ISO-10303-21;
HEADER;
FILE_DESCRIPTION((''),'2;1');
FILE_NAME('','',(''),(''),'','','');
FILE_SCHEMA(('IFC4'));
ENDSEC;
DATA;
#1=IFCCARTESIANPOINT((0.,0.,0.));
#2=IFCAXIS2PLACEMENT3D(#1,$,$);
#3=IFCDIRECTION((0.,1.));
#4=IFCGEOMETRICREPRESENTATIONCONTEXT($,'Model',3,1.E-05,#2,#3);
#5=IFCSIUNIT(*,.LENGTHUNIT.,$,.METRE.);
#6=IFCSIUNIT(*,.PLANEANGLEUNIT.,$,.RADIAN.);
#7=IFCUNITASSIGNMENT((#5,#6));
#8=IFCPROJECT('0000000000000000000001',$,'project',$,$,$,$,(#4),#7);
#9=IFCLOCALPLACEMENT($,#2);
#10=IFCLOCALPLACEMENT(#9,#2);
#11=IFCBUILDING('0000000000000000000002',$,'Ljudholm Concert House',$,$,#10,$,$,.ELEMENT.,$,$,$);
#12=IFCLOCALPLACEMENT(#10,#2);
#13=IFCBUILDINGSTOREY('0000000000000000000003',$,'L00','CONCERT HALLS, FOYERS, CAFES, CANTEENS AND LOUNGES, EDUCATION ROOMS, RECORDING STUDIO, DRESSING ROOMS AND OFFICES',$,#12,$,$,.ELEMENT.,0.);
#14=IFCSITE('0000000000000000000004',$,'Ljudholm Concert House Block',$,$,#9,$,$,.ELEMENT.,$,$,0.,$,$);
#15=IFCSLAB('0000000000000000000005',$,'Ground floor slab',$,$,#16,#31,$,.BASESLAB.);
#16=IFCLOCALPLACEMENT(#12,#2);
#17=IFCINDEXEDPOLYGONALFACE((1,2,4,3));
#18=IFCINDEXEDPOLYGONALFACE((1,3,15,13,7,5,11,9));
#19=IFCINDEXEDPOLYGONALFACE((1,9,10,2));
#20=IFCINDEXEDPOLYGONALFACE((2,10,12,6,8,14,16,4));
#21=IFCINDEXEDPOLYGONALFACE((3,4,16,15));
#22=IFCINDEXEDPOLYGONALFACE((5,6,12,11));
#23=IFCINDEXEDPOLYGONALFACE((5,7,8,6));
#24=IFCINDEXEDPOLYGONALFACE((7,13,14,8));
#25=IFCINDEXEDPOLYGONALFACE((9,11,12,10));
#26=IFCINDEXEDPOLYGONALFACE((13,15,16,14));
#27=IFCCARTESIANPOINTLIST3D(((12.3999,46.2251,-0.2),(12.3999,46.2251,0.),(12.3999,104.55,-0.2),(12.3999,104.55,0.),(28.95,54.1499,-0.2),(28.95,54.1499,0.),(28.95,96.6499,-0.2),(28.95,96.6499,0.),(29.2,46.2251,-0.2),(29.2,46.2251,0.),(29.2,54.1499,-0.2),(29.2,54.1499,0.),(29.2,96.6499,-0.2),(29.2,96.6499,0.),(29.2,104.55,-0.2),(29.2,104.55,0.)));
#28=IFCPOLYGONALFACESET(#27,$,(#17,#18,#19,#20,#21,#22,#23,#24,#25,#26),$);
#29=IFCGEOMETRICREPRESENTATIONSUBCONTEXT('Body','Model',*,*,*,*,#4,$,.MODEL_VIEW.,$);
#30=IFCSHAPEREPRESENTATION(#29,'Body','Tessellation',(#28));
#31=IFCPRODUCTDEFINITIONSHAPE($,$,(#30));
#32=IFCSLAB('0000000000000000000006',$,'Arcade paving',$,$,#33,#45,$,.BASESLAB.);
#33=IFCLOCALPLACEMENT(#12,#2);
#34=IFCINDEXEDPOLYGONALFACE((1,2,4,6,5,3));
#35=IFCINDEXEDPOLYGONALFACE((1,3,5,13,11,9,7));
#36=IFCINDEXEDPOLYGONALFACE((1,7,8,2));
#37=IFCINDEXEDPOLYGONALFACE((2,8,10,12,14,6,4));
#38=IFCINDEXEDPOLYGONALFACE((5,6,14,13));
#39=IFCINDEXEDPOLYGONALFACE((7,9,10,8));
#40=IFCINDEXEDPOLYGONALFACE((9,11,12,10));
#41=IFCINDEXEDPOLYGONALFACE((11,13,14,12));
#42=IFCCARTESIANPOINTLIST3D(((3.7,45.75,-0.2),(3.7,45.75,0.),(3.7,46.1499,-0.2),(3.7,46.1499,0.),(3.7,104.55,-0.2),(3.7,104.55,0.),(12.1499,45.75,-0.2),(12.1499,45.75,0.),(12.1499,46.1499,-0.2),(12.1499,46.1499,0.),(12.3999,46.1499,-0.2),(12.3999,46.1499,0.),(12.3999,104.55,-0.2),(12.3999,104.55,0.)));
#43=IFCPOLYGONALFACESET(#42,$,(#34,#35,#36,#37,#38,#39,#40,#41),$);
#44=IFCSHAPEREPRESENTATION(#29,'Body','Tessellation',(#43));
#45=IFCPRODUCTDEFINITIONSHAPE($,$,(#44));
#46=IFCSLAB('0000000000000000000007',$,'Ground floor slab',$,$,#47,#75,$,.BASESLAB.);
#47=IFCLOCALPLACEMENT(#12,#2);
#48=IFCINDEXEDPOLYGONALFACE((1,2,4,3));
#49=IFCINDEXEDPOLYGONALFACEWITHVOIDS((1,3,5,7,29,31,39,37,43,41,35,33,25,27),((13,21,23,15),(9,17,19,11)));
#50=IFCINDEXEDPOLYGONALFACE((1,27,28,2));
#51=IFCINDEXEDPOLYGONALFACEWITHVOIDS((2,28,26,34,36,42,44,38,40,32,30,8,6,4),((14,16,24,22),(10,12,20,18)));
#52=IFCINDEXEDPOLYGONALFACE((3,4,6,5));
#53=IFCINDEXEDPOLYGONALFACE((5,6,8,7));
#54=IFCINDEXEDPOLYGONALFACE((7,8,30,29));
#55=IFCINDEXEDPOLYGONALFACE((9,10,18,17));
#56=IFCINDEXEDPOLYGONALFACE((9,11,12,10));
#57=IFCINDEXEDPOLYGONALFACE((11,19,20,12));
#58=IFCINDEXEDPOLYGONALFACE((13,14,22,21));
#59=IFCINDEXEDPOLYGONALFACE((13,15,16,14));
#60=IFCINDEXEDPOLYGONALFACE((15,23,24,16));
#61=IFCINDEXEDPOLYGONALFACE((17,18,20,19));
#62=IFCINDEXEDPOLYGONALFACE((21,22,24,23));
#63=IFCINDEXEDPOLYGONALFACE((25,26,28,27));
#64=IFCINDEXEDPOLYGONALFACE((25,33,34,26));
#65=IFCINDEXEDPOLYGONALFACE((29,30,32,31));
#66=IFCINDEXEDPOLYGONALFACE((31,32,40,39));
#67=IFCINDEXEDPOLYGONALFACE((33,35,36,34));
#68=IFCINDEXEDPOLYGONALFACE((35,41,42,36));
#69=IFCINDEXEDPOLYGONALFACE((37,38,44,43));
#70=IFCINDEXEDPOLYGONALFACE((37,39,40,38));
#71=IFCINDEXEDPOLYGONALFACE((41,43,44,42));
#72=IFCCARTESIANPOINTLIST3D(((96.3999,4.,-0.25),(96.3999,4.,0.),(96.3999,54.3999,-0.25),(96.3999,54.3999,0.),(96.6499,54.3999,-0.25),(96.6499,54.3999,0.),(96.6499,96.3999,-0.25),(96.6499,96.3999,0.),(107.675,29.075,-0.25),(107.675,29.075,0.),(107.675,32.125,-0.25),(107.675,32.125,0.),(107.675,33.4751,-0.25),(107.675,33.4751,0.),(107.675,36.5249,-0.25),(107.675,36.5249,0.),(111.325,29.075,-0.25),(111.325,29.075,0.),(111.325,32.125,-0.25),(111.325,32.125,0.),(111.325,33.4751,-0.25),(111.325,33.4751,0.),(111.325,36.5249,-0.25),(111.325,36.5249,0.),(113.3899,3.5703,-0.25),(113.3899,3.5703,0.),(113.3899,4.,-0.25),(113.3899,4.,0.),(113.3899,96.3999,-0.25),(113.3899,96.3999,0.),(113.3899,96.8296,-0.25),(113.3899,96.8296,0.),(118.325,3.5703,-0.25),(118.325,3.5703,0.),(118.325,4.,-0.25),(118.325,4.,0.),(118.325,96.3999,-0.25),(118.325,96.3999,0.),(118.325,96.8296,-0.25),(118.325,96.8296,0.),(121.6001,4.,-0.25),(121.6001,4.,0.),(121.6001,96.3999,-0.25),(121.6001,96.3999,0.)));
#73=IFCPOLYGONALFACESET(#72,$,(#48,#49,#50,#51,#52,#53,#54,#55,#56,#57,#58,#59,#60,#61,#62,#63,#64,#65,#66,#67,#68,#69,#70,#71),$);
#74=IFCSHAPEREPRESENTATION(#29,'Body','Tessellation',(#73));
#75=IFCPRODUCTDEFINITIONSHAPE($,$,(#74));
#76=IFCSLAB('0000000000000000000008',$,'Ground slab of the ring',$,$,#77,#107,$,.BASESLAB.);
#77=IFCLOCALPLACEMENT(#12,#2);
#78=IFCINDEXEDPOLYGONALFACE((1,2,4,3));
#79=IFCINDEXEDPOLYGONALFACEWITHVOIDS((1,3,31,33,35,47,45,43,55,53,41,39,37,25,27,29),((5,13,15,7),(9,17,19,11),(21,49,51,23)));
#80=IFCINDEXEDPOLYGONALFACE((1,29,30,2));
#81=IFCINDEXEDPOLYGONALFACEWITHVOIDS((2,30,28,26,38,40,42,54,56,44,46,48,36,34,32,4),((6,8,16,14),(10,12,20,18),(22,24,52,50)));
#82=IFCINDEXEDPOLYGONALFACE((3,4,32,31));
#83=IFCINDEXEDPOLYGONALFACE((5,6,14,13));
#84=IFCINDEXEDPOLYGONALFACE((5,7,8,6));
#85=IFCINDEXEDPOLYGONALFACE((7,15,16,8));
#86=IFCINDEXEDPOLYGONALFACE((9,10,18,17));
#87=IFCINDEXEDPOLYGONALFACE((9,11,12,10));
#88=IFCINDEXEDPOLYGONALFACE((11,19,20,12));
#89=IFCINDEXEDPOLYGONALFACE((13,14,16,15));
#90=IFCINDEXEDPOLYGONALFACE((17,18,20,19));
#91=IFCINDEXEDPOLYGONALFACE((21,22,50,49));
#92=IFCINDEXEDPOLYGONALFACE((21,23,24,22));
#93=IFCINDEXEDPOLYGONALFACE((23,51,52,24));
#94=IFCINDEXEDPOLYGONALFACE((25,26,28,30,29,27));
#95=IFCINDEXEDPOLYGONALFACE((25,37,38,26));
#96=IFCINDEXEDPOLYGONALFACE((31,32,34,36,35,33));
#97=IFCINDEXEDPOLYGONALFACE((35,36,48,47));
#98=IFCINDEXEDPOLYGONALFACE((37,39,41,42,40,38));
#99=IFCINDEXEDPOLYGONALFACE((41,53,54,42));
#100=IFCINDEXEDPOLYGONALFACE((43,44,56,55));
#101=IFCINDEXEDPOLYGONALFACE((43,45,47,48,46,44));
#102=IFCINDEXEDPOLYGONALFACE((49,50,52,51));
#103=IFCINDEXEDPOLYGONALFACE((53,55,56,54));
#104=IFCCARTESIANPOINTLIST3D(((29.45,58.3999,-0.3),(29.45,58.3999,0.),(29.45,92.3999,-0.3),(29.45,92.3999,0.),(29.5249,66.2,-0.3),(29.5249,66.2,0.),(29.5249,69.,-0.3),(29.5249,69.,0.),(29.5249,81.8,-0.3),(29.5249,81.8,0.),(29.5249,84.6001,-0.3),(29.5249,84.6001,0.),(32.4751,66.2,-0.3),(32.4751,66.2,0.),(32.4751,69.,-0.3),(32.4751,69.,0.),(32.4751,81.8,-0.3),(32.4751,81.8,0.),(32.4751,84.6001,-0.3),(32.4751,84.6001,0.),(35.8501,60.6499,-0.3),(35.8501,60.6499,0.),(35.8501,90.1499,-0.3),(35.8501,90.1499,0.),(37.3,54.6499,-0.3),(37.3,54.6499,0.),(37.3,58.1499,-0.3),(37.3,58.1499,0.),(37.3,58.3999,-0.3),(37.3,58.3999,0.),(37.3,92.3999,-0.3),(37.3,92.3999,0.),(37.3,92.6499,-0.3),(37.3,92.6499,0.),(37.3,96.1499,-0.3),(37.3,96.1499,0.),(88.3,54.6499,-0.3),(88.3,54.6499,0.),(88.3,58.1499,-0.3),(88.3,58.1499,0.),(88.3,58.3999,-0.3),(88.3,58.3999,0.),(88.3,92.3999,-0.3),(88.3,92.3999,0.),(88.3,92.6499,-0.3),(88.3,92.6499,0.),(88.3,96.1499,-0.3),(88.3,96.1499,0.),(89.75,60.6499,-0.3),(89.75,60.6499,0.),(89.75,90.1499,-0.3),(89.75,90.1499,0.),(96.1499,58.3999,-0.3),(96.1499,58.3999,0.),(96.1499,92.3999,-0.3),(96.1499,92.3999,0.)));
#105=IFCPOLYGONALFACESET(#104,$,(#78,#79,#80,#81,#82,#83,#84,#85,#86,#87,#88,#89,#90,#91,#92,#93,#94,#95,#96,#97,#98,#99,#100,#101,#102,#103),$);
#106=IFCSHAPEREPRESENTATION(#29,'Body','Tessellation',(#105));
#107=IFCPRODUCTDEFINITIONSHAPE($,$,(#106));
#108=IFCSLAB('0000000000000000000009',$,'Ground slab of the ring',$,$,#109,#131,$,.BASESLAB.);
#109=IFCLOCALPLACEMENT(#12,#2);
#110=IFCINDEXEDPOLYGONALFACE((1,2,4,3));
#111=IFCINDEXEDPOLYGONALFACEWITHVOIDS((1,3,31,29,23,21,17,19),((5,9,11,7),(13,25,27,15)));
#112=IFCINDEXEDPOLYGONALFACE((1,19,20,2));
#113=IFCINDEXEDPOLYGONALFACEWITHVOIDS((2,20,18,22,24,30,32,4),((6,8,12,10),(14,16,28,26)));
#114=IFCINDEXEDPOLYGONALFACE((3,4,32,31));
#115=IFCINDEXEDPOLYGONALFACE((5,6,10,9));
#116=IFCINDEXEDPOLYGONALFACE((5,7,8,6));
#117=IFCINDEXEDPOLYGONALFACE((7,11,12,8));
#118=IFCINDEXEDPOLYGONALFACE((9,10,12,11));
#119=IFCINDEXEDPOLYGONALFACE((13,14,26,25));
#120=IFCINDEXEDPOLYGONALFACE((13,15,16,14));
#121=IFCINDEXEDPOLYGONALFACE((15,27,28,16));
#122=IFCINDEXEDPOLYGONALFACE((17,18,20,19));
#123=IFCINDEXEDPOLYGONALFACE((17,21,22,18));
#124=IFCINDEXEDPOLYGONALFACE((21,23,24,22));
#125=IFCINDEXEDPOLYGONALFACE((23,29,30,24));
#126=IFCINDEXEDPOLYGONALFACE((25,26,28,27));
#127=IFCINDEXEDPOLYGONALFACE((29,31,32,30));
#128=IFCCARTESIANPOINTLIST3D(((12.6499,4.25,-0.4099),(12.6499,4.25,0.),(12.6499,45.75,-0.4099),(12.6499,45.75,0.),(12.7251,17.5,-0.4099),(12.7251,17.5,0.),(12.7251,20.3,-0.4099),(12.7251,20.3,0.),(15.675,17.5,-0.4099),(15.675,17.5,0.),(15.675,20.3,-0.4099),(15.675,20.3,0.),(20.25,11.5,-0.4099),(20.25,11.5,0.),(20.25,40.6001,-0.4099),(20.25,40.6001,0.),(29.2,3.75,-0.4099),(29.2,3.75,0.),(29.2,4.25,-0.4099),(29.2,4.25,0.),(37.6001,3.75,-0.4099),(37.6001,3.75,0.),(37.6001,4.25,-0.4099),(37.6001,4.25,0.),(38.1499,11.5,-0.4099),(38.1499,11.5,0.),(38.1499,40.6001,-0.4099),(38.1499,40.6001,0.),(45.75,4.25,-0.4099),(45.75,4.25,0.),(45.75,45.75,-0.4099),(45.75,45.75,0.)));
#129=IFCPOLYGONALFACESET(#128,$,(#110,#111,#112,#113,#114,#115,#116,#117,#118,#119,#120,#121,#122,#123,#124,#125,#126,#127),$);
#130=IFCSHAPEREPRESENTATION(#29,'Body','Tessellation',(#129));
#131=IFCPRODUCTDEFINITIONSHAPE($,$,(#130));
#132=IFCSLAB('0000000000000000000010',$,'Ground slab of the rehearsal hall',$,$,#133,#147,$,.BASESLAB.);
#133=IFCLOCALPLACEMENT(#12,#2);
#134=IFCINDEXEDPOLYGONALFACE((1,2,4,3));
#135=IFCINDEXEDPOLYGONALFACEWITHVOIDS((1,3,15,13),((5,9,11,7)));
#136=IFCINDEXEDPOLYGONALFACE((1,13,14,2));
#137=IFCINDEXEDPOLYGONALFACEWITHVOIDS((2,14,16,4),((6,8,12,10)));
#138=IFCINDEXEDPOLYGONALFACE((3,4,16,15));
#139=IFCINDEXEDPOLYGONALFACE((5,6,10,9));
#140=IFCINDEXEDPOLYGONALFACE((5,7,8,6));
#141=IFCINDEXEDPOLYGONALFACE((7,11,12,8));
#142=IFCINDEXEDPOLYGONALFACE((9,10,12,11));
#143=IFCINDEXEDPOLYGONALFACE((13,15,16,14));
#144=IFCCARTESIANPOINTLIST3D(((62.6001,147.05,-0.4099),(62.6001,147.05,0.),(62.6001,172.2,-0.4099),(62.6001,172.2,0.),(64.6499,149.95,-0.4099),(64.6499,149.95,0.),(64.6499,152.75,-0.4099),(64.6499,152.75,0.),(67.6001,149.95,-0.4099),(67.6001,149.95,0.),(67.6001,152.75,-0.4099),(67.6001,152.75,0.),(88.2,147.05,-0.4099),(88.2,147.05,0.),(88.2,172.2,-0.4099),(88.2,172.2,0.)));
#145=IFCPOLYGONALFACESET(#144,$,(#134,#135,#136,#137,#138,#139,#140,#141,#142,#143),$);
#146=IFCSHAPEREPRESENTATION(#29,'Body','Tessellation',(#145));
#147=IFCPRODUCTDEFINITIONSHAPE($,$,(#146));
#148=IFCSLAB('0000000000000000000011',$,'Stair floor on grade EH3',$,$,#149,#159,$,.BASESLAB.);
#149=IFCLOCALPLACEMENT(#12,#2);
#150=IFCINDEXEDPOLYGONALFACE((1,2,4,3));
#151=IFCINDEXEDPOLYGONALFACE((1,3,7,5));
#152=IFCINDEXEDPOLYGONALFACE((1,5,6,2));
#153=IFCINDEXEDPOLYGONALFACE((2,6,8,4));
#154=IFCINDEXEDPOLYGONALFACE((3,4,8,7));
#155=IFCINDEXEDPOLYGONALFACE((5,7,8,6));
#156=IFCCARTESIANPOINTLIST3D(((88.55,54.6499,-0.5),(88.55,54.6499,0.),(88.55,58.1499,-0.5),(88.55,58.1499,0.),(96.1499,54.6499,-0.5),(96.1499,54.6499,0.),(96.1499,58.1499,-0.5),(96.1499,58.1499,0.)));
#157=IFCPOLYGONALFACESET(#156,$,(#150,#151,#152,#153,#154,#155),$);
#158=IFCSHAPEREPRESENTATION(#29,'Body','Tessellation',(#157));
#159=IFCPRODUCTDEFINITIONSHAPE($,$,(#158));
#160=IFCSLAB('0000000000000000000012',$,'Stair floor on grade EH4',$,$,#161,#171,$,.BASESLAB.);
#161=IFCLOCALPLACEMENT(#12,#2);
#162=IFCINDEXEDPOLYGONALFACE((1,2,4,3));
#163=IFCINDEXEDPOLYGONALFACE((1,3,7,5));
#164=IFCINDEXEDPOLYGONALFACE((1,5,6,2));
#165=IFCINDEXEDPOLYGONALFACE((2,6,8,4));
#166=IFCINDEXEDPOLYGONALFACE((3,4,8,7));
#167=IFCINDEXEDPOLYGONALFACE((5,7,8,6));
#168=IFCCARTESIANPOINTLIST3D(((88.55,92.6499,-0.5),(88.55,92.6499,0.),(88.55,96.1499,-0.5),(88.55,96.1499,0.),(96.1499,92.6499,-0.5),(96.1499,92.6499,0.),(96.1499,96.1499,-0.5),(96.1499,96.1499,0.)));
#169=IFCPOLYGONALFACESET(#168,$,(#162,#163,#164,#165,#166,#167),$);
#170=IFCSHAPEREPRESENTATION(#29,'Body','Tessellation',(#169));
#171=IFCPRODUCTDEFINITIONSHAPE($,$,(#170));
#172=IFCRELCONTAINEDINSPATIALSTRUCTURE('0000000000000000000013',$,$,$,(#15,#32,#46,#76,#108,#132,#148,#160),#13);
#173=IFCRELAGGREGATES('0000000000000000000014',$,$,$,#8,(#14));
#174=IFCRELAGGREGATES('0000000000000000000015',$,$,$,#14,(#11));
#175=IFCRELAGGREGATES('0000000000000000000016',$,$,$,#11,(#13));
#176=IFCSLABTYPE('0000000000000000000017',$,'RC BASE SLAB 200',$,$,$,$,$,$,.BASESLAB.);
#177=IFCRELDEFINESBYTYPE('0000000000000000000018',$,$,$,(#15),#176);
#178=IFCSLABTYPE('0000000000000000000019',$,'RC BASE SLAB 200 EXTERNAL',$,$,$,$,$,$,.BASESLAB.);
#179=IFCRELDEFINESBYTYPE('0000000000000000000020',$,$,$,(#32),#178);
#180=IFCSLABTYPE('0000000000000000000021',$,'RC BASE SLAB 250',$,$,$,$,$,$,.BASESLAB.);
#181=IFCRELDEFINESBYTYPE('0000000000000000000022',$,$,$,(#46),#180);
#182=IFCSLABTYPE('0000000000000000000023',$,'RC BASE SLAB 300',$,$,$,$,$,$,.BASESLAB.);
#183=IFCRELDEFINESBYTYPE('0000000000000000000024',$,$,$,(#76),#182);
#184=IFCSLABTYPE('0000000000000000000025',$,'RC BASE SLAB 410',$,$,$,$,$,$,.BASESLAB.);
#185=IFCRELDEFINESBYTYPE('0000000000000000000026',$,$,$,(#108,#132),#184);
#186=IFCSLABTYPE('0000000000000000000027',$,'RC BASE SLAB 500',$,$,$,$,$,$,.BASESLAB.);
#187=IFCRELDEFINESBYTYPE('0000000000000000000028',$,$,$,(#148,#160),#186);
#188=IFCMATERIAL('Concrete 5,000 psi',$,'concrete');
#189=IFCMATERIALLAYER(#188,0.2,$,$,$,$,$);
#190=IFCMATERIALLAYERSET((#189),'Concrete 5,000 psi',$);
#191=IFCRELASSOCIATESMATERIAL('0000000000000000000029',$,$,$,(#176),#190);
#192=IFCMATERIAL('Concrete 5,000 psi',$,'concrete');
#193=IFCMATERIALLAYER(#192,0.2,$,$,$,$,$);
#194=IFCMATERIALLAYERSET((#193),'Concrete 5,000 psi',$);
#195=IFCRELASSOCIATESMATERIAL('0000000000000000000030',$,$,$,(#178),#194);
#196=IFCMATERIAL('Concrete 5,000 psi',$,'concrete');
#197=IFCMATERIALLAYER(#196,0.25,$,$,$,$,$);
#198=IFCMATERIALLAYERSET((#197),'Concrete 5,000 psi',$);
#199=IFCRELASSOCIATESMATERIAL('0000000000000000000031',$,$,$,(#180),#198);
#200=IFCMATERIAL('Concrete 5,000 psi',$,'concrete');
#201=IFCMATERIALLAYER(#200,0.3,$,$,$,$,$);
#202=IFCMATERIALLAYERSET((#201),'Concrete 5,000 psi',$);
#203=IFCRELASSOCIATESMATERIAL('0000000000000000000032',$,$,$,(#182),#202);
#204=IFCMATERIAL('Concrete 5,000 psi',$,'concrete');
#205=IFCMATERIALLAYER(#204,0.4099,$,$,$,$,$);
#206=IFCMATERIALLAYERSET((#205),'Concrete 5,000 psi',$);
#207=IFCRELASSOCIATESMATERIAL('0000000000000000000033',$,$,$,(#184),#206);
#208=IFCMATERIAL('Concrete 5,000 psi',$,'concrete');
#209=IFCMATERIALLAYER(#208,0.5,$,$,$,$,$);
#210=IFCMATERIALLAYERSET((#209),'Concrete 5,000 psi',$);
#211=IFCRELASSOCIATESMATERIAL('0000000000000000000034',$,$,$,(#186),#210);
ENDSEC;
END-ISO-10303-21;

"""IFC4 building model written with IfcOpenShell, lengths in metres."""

from ifc_helpers import new_model, si_unit, direction, frame, origin, place, context, subcontext, project, spatial, polyline, outline, extrude, material, layer, layer_set, type_object, element, save


model = new_model("IFC4")

# Units and contexts
model_context = context("Model", 3, precision=1e-05, world=origin(), true_north=direction((0.0, 1.0)))
body_context = subcontext(model_context, "Body", "Model", "MODEL_VIEW")
ifc_project = project(units=[si_unit("LENGTHUNIT", "METRE"), si_unit("PLANEANGLEUNIT", "RADIAN")], contexts=[model_context])

# Site, building, storey
site_placement = place(None, origin())
site = spatial("IfcSite", under=ifc_project, at=site_placement, Name="Ljudholm Concert House Block", CompositionType="ELEMENT", RefElevation=0.0)
building_placement = place(site_placement, origin())
building = spatial("IfcBuilding", under=site, at=building_placement, Name="Ljudholm Concert House", CompositionType="ELEMENT")
storey_placement = place(building_placement, origin())
storey = spatial("IfcBuildingStorey", under=building, at=storey_placement, Name="L00", Description="CONCERT HALLS, FOYERS, CAFES, CANTEENS AND LOUNGES, EDUCATION ROOMS, RECORDING STUDIO, DRESSING ROOMS AND OFFICES", CompositionType="ELEMENT", Elevation=0.0)

# Slabs
ifc_material_1 = material(Name="Concrete 5,000 psi", Category="concrete")
ifc_layer_1 = layer(ifc_material_1, 0.2)
ifc_layer_set_1 = layer_set([ifc_layer_1], Name="Concrete 5,000 psi")
slab_type_1 = type_object("IfcSlabType", Name="RC BASE SLAB 200", PredefinedType="BASESLAB", material=ifc_layer_set_1)
slab_1_placement = place(storey_placement, frame((0.0, 0.0, -0.2)))
element("IfcSlab", 1, at=slab_1_placement, inside=storey, type_object=slab_type_1, Name="Ground floor slab", PredefinedType="BASESLAB", context=body_context, shape_type="SweptSolid", body=[
    extrude(outline(polyline([(29.2, 104.55), (12.3999, 104.55), (12.3999, 46.2251), (29.2, 46.2251), (29.2, 54.1499), (28.95, 54.1499), (28.95, 96.6499), (29.2, 96.6499), (29.2, 104.55)])), origin(), (0.0, 0.0, 1.0), 0.2),
])
ifc_material_2 = material(Name="Concrete 5,000 psi", Category="concrete")
ifc_layer_2 = layer(ifc_material_2, 0.2)
ifc_layer_set_2 = layer_set([ifc_layer_2], Name="Concrete 5,000 psi")
slab_type_2 = type_object("IfcSlabType", Name="RC BASE SLAB 200 EXTERNAL", PredefinedType="BASESLAB", material=ifc_layer_set_2)
slab_2_placement = place(storey_placement, frame((0.0, 0.0, -0.2)))
element("IfcSlab", 2, at=slab_2_placement, inside=storey, type_object=slab_type_2, Name="Arcade paving", PredefinedType="BASESLAB", context=body_context, shape_type="SweptSolid", body=[
    extrude(outline(polyline([(12.1499, 45.75), (12.1499, 46.1499), (12.3999, 46.1499), (12.3999, 104.55), (3.7, 104.55), (3.7, 46.1499), (3.7, 45.75), (12.1499, 45.75)])), origin(), (0.0, 0.0, 1.0), 0.2),
])
ifc_material_3 = material(Name="Concrete 5,000 psi", Category="concrete")
ifc_layer_3 = layer(ifc_material_3, 0.25)
ifc_layer_set_3 = layer_set([ifc_layer_3], Name="Concrete 5,000 psi")
slab_type_3 = type_object("IfcSlabType", Name="RC BASE SLAB 250", PredefinedType="BASESLAB", material=ifc_layer_set_3)
slab_3_placement = place(storey_placement, frame((0.0, 0.0, -0.25)))
element("IfcSlab", 3, at=slab_3_placement, inside=storey, type_object=slab_type_3, Name="Ground floor slab", PredefinedType="BASESLAB", context=body_context, shape_type="SweptSolid", body=[
    extrude(outline(polyline([(113.3899, 3.5703), (113.3899, 4.0), (96.3999, 4.0), (96.3999, 54.3999), (96.6499, 54.3999), (96.6499, 96.3999), (113.3899, 96.3999), (113.3899, 96.8296), (118.325, 96.8296), (118.325, 96.3999), (121.6001, 96.3999), (121.6001, 4.0), (118.325, 4.0), (118.325, 3.5703), (113.3899, 3.5703)]), holes=[polyline([(107.675, 29.075), (111.325, 29.075), (111.325, 32.125), (107.675, 32.125), (107.675, 29.075)]), polyline([(107.675, 33.4751), (111.325, 33.4751), (111.325, 36.5249), (107.675, 36.5249), (107.675, 33.4751)])]), origin(), (0.0, 0.0, 1.0), 0.25),
])
ifc_material_4 = material(Name="Concrete 5,000 psi", Category="concrete")
ifc_layer_4 = layer(ifc_material_4, 0.3)
ifc_layer_set_4 = layer_set([ifc_layer_4], Name="Concrete 5,000 psi")
slab_type_4 = type_object("IfcSlabType", Name="RC BASE SLAB 300", PredefinedType="BASESLAB", material=ifc_layer_set_4)
slab_4_placement = place(storey_placement, frame((0.0, 0.0, -0.3)))
element("IfcSlab", 4, at=slab_4_placement, inside=storey, type_object=slab_type_4, Name="Ground slab of the ring", PredefinedType="BASESLAB", context=body_context, shape_type="SweptSolid", body=[
    extrude(outline(polyline([(96.1499, 58.3999), (88.3, 58.3999), (88.3, 58.1499), (88.3, 54.6499), (37.3, 54.6499), (37.3, 58.1499), (37.3, 58.3999), (29.45, 58.3999), (29.45, 92.3999), (37.3, 92.3999), (37.3, 92.6499), (37.3, 96.1499), (88.3, 96.1499), (88.3, 92.6499), (88.3, 92.3999), (96.1499, 92.3999), (96.1499, 58.3999)]), holes=[polyline([(32.4751, 69.0), (29.5249, 69.0), (29.5249, 66.2), (32.4751, 66.2), (32.4751, 69.0)]), polyline([(32.4751, 84.6001), (29.5249, 84.6001), (29.5249, 81.8), (32.4751, 81.8), (32.4751, 84.6001)]), polyline([(89.75, 90.1499), (35.8501, 90.1499), (35.8501, 60.6499), (89.75, 60.6499), (89.75, 90.1499)])]), origin(), (0.0, 0.0, 1.0), 0.3),
])
ifc_material_5 = material(Name="Concrete 5,000 psi", Category="concrete")
ifc_layer_5 = layer(ifc_material_5, 0.4099)
ifc_layer_set_5 = layer_set([ifc_layer_5], Name="Concrete 5,000 psi")
slab_type_5 = type_object("IfcSlabType", Name="RC BASE SLAB 410", PredefinedType="BASESLAB", material=ifc_layer_set_5)
slab_5_placement = place(storey_placement, frame((0.0, 0.0, -0.4099)))
element("IfcSlab", 5, at=slab_5_placement, inside=storey, type_object=slab_type_5, Name="Ground slab of the ring", PredefinedType="BASESLAB", context=body_context, shape_type="SweptSolid", body=[
    extrude(outline(polyline([(12.6499, 45.75), (45.75, 45.75), (45.75, 4.25), (37.6001, 4.25), (37.6001, 3.75), (29.2, 3.75), (29.2, 4.25), (12.6499, 4.25), (12.6499, 45.75)]), holes=[polyline([(15.675, 20.3), (12.7251, 20.3), (12.7251, 17.5), (15.675, 17.5), (15.675, 20.3)]), polyline([(38.1499, 40.6001), (20.25, 40.6001), (20.25, 11.5), (38.1499, 11.5), (38.1499, 40.6001)])]), origin(), (0.0, 0.0, 1.0), 0.4099),
])
slab_6_placement = place(storey_placement, frame((0.0, 0.0, -0.4099)))
element("IfcSlab", 6, at=slab_6_placement, inside=storey, type_object=slab_type_5, Name="Ground slab of the rehearsal hall", PredefinedType="BASESLAB", context=body_context, shape_type="SweptSolid", body=[
    extrude(outline(polyline([(88.2, 147.05), (88.2, 172.2), (62.6001, 172.2), (62.6001, 147.05), (88.2, 147.05)]), holes=[polyline([(64.6499, 149.95), (67.6001, 149.95), (67.6001, 152.75), (64.6499, 152.75), (64.6499, 149.95)])]), origin(), (0.0, 0.0, 1.0), 0.4099),
])
ifc_material_6 = material(Name="Concrete 5,000 psi", Category="concrete")
ifc_layer_6 = layer(ifc_material_6, 0.5)
ifc_layer_set_6 = layer_set([ifc_layer_6], Name="Concrete 5,000 psi")
slab_type_6 = type_object("IfcSlabType", Name="RC BASE SLAB 500", PredefinedType="BASESLAB", material=ifc_layer_set_6)
slab_7_placement = place(storey_placement, frame((0.0, 0.0, -0.5)))
element("IfcSlab", 7, at=slab_7_placement, inside=storey, type_object=slab_type_6, Name="Stair floor on grade EH3", PredefinedType="BASESLAB", context=body_context, shape_type="SweptSolid", body=[
    extrude(outline(polyline([(88.55, 54.6499), (96.1499, 54.6499), (96.1499, 58.1499), (88.55, 58.1499), (88.55, 54.6499)])), origin(), (0.0, 0.0, 1.0), 0.5),
])
slab_8_placement = place(storey_placement, frame((0.0, 0.0, -0.5)))
element("IfcSlab", 8, at=slab_8_placement, inside=storey, type_object=slab_type_6, Name="Stair floor on grade EH4", PredefinedType="BASESLAB", context=body_context, shape_type="SweptSolid", body=[
    extrude(outline(polyline([(88.55, 92.6499), (96.1499, 92.6499), (96.1499, 96.1499), (88.55, 96.1499), (88.55, 92.6499)])), origin(), (0.0, 0.0, 1.0), 0.5),
])

save(model, "model.ifc")
